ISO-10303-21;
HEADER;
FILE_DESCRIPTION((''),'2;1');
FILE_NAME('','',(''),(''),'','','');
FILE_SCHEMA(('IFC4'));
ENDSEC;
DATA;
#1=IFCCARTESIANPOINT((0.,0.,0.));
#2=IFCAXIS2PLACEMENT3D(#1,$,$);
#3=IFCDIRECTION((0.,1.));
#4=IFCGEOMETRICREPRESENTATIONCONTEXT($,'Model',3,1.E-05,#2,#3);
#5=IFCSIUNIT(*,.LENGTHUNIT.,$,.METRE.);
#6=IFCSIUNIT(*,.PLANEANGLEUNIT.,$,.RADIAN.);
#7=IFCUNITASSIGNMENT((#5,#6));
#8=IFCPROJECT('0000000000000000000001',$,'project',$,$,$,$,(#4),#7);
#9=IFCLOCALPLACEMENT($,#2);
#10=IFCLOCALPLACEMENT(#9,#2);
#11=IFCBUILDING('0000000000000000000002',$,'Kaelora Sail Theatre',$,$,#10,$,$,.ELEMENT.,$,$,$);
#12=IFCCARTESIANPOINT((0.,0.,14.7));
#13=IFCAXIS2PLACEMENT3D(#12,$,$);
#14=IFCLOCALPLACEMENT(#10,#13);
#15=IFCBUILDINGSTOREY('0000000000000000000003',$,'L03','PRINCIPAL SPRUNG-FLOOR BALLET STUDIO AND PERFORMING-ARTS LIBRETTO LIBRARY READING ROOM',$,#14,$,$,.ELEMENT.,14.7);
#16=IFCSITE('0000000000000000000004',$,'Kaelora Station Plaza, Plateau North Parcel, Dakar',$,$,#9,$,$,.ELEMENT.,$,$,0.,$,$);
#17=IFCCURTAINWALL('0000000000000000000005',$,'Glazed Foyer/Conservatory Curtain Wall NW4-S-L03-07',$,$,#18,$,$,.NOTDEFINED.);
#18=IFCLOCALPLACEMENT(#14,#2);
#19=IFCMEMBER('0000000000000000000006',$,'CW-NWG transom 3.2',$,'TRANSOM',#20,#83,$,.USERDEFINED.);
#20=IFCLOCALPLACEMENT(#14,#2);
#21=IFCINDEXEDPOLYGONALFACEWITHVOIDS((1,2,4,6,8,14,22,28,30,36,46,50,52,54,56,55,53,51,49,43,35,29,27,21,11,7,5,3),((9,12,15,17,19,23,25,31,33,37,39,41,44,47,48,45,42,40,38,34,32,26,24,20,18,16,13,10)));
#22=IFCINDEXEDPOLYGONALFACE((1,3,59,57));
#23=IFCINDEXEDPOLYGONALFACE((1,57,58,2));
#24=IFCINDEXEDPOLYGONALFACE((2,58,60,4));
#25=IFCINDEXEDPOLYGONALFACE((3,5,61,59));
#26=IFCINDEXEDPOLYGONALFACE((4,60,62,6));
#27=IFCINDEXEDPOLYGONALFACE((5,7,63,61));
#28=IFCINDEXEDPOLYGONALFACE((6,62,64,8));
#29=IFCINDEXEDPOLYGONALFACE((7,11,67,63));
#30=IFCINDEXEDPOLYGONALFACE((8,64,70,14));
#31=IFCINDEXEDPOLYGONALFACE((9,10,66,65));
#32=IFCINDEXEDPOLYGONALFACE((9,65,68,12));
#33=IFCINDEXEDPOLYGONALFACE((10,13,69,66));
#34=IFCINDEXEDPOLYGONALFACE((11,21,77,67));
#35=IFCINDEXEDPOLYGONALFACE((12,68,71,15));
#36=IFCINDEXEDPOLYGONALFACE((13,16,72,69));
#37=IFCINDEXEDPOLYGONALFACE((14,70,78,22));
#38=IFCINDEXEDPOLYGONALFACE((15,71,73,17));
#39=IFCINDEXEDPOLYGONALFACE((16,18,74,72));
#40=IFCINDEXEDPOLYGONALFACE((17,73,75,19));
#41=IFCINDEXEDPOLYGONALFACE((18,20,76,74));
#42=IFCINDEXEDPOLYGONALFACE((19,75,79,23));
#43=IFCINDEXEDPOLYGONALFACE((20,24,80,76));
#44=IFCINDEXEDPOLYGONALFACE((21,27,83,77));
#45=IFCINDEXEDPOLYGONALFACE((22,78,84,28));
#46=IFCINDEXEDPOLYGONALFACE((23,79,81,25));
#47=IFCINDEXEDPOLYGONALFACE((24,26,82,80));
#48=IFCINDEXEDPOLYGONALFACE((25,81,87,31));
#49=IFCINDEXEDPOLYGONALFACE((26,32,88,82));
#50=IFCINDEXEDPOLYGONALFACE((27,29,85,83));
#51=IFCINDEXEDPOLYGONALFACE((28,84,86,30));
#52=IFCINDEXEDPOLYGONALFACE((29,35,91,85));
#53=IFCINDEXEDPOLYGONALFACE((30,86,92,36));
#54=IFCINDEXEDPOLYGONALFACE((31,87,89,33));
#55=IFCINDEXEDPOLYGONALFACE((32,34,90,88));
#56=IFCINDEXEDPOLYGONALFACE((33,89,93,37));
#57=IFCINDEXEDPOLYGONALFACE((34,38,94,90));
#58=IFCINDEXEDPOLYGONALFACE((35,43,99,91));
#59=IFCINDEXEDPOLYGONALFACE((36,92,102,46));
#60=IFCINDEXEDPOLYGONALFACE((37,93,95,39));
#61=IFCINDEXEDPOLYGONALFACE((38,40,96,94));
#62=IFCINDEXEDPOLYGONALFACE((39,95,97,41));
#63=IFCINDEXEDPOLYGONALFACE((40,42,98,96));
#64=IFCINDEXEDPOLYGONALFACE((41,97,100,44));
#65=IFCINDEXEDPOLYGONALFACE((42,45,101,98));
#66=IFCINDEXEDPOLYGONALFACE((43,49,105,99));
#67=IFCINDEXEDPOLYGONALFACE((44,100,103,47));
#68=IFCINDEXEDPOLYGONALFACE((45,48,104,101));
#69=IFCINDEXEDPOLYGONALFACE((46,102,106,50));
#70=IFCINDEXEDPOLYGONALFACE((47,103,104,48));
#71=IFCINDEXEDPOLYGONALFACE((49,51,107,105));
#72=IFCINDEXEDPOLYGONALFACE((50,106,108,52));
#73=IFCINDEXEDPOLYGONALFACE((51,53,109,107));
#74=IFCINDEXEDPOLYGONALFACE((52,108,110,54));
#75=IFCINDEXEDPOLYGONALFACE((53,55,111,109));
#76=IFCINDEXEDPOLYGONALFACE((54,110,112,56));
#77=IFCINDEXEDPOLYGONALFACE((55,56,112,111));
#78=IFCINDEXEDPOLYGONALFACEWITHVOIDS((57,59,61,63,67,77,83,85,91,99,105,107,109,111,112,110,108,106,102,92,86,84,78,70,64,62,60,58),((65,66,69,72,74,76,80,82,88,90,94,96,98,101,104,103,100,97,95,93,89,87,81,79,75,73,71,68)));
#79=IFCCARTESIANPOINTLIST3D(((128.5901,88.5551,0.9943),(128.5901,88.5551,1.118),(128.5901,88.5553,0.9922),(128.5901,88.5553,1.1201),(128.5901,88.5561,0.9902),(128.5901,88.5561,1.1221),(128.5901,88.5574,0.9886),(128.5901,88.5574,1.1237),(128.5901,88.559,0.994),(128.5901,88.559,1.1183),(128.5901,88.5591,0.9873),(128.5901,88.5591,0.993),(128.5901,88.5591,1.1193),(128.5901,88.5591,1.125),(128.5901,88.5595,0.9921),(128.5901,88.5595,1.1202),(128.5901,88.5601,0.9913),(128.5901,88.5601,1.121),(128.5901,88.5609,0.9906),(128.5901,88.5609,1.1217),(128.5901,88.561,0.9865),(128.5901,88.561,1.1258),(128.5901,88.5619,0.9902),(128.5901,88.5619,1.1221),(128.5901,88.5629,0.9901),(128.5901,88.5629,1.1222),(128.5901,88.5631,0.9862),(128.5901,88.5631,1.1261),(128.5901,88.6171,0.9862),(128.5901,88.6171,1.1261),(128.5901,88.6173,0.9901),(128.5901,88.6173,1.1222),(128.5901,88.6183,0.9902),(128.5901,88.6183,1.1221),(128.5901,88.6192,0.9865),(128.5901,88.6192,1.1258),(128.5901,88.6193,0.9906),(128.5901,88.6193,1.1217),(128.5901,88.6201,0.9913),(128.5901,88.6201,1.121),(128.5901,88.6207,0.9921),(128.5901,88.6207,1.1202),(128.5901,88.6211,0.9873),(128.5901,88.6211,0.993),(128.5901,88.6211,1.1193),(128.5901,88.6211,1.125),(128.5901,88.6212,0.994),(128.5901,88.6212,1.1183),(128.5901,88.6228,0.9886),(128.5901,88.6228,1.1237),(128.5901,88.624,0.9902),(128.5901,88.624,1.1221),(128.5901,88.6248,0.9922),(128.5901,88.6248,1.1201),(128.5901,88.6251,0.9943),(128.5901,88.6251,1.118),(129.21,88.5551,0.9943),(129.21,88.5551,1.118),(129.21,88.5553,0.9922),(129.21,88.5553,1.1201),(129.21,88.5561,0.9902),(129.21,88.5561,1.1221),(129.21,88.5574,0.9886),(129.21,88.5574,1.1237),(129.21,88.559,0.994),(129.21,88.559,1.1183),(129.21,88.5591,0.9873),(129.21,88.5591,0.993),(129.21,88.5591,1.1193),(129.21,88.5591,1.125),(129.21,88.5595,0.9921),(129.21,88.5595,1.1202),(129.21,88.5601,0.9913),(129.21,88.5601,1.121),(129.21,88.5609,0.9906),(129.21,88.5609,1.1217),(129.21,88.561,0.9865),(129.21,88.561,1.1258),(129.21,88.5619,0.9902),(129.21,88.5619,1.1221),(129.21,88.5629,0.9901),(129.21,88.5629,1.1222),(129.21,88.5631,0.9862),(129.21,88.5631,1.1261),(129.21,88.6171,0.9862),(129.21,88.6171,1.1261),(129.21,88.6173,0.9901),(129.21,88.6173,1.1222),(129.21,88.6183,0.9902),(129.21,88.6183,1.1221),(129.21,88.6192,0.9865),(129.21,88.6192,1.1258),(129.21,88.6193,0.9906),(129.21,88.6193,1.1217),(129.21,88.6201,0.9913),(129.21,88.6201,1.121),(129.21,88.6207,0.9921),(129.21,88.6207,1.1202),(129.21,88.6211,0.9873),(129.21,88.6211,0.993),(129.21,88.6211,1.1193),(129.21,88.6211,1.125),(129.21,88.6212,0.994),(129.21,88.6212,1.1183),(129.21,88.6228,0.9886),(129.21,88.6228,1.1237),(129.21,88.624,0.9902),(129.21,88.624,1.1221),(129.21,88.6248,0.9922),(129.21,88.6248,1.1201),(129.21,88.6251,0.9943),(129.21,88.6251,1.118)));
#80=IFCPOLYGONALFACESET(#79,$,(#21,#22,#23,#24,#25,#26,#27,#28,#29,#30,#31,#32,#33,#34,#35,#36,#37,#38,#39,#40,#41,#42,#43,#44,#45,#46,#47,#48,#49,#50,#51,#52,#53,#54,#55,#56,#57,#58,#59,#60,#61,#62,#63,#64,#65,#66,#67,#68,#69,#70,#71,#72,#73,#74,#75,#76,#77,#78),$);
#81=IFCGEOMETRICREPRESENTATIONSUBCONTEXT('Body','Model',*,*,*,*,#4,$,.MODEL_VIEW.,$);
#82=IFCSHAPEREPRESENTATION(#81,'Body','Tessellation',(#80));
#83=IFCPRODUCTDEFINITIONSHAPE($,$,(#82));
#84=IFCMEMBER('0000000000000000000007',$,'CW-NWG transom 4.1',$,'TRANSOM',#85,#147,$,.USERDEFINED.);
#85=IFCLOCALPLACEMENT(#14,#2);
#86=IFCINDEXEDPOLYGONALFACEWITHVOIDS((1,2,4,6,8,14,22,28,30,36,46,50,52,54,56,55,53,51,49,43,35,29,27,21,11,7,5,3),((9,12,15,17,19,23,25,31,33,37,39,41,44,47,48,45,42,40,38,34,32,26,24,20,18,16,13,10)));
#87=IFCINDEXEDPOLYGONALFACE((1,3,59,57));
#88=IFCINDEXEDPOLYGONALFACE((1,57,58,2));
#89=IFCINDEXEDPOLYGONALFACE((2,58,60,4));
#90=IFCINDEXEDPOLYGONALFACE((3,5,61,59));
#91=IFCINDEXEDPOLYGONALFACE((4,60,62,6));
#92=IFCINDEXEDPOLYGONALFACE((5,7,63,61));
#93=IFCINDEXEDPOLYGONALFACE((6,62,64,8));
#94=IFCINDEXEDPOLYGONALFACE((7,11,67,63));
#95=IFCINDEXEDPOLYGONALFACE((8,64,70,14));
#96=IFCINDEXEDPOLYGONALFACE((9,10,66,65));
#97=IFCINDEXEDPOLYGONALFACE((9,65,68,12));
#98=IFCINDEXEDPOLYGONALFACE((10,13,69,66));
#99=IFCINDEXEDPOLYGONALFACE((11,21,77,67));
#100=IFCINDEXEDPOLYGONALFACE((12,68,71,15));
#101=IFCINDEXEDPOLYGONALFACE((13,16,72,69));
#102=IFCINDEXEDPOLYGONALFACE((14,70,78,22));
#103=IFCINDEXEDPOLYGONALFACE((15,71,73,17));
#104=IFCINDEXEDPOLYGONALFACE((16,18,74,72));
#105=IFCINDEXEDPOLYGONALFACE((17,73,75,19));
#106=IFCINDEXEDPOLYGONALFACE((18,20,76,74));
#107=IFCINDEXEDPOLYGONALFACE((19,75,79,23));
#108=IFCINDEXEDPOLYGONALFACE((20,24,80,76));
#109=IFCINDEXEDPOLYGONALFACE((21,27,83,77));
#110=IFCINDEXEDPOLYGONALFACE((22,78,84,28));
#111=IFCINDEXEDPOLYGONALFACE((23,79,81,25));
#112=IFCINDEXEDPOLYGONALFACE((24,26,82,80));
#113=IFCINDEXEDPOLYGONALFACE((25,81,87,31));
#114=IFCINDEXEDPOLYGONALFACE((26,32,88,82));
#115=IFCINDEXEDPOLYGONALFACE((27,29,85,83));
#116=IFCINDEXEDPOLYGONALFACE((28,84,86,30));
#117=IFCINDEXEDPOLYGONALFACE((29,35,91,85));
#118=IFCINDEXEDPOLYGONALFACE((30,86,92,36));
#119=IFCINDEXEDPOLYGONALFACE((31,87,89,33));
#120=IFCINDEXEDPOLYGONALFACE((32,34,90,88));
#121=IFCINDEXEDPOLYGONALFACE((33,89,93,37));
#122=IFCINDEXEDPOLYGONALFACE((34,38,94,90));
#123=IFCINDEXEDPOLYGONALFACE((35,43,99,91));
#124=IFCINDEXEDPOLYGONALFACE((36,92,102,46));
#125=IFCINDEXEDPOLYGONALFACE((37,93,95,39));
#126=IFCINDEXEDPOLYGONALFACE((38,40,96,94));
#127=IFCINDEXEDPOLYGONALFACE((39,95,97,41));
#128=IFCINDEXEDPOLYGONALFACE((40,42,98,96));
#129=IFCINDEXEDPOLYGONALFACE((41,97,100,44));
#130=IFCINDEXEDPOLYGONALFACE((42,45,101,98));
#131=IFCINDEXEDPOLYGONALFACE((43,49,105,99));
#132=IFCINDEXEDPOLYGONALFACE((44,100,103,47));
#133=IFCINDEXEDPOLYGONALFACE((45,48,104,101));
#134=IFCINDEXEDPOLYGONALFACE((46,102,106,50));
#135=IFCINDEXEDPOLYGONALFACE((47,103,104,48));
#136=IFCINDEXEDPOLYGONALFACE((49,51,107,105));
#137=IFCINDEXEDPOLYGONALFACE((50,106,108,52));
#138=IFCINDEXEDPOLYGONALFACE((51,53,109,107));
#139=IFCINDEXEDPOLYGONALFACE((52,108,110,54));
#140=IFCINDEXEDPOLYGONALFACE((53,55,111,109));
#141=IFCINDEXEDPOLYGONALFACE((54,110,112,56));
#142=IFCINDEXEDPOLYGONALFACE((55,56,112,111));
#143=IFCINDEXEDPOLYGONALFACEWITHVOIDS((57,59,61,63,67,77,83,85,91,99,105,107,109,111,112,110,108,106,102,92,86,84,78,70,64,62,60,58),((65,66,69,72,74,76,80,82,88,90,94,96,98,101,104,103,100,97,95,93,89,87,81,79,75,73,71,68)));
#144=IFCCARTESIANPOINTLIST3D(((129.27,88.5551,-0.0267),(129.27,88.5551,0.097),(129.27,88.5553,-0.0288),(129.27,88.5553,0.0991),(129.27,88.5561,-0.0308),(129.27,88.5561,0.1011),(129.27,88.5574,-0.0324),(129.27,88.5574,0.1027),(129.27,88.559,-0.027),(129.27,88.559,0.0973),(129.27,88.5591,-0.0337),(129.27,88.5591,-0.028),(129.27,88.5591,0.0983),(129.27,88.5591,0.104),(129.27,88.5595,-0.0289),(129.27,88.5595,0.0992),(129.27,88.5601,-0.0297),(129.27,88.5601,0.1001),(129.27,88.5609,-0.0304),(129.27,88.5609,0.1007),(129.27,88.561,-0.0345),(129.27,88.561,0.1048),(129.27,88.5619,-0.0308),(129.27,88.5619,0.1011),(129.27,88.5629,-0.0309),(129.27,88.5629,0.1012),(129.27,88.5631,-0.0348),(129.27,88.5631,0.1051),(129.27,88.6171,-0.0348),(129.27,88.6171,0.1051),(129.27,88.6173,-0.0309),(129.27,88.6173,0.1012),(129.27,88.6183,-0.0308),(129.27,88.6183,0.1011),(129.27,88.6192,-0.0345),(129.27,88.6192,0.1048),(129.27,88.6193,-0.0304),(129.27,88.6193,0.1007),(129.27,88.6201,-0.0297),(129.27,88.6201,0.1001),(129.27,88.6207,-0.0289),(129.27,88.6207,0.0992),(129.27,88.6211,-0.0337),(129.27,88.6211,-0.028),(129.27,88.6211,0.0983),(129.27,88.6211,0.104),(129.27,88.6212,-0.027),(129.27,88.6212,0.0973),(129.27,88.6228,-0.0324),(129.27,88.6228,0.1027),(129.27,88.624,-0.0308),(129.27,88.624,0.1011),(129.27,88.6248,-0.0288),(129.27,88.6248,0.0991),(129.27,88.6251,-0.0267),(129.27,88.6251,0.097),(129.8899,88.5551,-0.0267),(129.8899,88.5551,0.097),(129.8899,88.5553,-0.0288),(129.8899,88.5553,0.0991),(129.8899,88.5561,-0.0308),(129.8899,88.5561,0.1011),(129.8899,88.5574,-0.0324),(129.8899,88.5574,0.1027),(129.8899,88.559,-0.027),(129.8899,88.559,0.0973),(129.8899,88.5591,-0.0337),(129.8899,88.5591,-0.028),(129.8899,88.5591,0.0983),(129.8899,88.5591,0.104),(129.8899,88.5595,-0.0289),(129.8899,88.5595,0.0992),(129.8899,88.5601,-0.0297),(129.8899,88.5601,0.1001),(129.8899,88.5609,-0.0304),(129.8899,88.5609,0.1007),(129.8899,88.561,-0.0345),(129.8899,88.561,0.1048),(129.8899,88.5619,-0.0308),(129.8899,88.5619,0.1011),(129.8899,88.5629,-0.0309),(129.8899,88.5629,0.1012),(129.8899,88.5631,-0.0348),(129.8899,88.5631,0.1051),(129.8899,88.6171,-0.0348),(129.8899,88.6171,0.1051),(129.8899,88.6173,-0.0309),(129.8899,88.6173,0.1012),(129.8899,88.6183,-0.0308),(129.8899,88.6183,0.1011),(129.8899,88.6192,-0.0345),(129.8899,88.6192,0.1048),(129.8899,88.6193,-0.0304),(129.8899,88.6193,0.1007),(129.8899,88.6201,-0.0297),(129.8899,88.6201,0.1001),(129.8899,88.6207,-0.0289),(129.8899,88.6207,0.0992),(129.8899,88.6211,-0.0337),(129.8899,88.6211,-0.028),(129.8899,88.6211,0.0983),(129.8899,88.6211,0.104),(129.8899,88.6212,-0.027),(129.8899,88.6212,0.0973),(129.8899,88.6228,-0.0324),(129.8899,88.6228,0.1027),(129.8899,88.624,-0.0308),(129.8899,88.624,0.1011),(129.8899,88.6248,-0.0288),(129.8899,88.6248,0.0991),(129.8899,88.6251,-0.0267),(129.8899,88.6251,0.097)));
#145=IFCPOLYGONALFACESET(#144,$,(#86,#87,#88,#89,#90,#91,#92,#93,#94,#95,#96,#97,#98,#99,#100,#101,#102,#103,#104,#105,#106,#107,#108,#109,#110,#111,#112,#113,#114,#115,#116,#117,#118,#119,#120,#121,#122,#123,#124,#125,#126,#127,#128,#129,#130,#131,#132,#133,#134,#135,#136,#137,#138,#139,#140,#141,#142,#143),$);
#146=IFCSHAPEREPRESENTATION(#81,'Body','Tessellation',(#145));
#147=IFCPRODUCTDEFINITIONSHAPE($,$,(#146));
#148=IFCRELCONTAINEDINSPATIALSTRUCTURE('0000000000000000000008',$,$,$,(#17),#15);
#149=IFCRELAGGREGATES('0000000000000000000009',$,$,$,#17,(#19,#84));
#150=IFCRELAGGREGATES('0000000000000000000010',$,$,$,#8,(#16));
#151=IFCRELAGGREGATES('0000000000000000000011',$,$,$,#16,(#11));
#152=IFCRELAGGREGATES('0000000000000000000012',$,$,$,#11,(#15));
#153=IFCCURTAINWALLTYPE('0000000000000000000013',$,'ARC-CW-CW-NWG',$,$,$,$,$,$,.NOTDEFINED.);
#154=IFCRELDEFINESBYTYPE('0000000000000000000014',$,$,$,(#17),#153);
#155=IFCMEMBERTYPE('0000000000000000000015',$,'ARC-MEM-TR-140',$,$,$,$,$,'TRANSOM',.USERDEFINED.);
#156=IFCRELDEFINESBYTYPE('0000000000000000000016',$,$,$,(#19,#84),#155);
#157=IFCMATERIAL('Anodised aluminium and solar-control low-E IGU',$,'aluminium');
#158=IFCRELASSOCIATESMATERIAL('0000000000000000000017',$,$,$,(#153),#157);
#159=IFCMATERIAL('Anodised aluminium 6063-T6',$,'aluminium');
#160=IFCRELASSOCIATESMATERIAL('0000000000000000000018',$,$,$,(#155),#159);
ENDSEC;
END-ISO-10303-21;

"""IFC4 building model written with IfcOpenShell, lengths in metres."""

from ifc_helpers import new_model, si_unit, direction, frame, origin, origin_2d, place, context, subcontext, project, spatial, hollow_rectangle, extrude, material, material_profile, profile_set, type_object, element, aggregate, save


model = new_model("IFC4")

# Units and contexts
model_context = context("Model", 3, precision=1e-05, world=origin(), true_north=direction((0.0, 1.0)))
body_context = subcontext(model_context, "Body", "Model", "MODEL_VIEW")
ifc_project = project(units=[si_unit("LENGTHUNIT", "METRE"), si_unit("PLANEANGLEUNIT", "RADIAN")], contexts=[model_context])

# Site, building, storey
site_placement = place(None, origin())
site = spatial("IfcSite", under=ifc_project, at=site_placement, Name="Kaelora Station Plaza, Plateau North Parcel, Dakar", CompositionType="ELEMENT", RefElevation=0.0)
building_placement = place(site_placement, origin())
building = spatial("IfcBuilding", under=site, at=building_placement, Name="Kaelora Sail Theatre", CompositionType="ELEMENT")
storey_placement = place(building_placement, frame((0.0, 0.0, 14.7)))
storey = spatial("IfcBuildingStorey", under=building, at=storey_placement, Name="L03", Description="PRINCIPAL SPRUNG-FLOOR BALLET STUDIO AND PERFORMING-ARTS LIBRETTO LIBRARY READING ROOM", CompositionType="ELEMENT", Elevation=14.7)

# Curtain wall
ifc_material_1 = material(Name="Anodised aluminium and solar-control low-E IGU", Category="aluminium")
curtain_wall_type = type_object("IfcCurtainWallType", Name="ARC-CW-CW-NWG", PredefinedType="NOTDEFINED", material=ifc_material_1)
curtain_wall_1_placement = place(storey_placement, origin())
curtain_wall_1 = element("IfcCurtainWall", 1, at=curtain_wall_1_placement, inside=storey, type_object=curtain_wall_type, Name="Glazed Foyer/Conservatory Curtain Wall NW4-S-L03-07", PredefinedType="NOTDEFINED")

# Members
ifc_material_2 = material(Name="Anodised aluminium 6063-T6", Category="aluminium")
ifc_material_profile_1 = material_profile(ifc_material_2, hollow_rectangle(XDim=0.0701, YDim=0.1399, WallThickness=0.0039, InnerFilletRadius=0.0039, OuterFilletRadius=0.0081, at=origin_2d()), Name="ALU-TRAN 70x140x4")
ifc_profile_set_1 = profile_set([ifc_material_profile_1], Name="Anodised aluminium 6063-T6")
member_type_1 = type_object("IfcMemberType", Name="ARC-MEM-TR-140", ElementType="TRANSOM", PredefinedType="USERDEFINED", material=ifc_profile_set_1)
member_1_placement = place(storey_placement, frame((128.5901, 88.5901, 1.0562), z_axis=(1.0, 0.0, 0.0), x_axis=(0.0, 1.0, 0.0)))
member_1 = element("IfcMember", 2, at=member_1_placement, type_object=member_type_1, Name="CW-NWG transom 3.2", ObjectType="TRANSOM", PredefinedType="USERDEFINED", context=body_context, shape_type="SweptSolid", body=[
    extrude(hollow_rectangle(XDim=0.0701, YDim=0.1399, WallThickness=0.0039, InnerFilletRadius=0.0039, OuterFilletRadius=0.0081, at=origin_2d()), origin(), (0.0, 0.0, 1.0), 0.6199),
])
member_2_placement = place(storey_placement, frame((129.27, 88.5901, 0.0352), z_axis=(1.0, 0.0, 0.0), x_axis=(0.0, 1.0, 0.0)))
member_2 = element("IfcMember", 3, at=member_2_placement, type_object=member_type_1, Name="CW-NWG transom 4.1", ObjectType="TRANSOM", PredefinedType="USERDEFINED", context=body_context, shape_type="SweptSolid", body=[
    extrude(hollow_rectangle(XDim=0.0701, YDim=0.1399, WallThickness=0.0039, InnerFilletRadius=0.0039, OuterFilletRadius=0.0081, at=origin_2d()), origin(), (0.0, 0.0, 1.0), 0.6199),
])

aggregate(curtain_wall_1, [member_1, member_2])

save(model, "model.ifc")
